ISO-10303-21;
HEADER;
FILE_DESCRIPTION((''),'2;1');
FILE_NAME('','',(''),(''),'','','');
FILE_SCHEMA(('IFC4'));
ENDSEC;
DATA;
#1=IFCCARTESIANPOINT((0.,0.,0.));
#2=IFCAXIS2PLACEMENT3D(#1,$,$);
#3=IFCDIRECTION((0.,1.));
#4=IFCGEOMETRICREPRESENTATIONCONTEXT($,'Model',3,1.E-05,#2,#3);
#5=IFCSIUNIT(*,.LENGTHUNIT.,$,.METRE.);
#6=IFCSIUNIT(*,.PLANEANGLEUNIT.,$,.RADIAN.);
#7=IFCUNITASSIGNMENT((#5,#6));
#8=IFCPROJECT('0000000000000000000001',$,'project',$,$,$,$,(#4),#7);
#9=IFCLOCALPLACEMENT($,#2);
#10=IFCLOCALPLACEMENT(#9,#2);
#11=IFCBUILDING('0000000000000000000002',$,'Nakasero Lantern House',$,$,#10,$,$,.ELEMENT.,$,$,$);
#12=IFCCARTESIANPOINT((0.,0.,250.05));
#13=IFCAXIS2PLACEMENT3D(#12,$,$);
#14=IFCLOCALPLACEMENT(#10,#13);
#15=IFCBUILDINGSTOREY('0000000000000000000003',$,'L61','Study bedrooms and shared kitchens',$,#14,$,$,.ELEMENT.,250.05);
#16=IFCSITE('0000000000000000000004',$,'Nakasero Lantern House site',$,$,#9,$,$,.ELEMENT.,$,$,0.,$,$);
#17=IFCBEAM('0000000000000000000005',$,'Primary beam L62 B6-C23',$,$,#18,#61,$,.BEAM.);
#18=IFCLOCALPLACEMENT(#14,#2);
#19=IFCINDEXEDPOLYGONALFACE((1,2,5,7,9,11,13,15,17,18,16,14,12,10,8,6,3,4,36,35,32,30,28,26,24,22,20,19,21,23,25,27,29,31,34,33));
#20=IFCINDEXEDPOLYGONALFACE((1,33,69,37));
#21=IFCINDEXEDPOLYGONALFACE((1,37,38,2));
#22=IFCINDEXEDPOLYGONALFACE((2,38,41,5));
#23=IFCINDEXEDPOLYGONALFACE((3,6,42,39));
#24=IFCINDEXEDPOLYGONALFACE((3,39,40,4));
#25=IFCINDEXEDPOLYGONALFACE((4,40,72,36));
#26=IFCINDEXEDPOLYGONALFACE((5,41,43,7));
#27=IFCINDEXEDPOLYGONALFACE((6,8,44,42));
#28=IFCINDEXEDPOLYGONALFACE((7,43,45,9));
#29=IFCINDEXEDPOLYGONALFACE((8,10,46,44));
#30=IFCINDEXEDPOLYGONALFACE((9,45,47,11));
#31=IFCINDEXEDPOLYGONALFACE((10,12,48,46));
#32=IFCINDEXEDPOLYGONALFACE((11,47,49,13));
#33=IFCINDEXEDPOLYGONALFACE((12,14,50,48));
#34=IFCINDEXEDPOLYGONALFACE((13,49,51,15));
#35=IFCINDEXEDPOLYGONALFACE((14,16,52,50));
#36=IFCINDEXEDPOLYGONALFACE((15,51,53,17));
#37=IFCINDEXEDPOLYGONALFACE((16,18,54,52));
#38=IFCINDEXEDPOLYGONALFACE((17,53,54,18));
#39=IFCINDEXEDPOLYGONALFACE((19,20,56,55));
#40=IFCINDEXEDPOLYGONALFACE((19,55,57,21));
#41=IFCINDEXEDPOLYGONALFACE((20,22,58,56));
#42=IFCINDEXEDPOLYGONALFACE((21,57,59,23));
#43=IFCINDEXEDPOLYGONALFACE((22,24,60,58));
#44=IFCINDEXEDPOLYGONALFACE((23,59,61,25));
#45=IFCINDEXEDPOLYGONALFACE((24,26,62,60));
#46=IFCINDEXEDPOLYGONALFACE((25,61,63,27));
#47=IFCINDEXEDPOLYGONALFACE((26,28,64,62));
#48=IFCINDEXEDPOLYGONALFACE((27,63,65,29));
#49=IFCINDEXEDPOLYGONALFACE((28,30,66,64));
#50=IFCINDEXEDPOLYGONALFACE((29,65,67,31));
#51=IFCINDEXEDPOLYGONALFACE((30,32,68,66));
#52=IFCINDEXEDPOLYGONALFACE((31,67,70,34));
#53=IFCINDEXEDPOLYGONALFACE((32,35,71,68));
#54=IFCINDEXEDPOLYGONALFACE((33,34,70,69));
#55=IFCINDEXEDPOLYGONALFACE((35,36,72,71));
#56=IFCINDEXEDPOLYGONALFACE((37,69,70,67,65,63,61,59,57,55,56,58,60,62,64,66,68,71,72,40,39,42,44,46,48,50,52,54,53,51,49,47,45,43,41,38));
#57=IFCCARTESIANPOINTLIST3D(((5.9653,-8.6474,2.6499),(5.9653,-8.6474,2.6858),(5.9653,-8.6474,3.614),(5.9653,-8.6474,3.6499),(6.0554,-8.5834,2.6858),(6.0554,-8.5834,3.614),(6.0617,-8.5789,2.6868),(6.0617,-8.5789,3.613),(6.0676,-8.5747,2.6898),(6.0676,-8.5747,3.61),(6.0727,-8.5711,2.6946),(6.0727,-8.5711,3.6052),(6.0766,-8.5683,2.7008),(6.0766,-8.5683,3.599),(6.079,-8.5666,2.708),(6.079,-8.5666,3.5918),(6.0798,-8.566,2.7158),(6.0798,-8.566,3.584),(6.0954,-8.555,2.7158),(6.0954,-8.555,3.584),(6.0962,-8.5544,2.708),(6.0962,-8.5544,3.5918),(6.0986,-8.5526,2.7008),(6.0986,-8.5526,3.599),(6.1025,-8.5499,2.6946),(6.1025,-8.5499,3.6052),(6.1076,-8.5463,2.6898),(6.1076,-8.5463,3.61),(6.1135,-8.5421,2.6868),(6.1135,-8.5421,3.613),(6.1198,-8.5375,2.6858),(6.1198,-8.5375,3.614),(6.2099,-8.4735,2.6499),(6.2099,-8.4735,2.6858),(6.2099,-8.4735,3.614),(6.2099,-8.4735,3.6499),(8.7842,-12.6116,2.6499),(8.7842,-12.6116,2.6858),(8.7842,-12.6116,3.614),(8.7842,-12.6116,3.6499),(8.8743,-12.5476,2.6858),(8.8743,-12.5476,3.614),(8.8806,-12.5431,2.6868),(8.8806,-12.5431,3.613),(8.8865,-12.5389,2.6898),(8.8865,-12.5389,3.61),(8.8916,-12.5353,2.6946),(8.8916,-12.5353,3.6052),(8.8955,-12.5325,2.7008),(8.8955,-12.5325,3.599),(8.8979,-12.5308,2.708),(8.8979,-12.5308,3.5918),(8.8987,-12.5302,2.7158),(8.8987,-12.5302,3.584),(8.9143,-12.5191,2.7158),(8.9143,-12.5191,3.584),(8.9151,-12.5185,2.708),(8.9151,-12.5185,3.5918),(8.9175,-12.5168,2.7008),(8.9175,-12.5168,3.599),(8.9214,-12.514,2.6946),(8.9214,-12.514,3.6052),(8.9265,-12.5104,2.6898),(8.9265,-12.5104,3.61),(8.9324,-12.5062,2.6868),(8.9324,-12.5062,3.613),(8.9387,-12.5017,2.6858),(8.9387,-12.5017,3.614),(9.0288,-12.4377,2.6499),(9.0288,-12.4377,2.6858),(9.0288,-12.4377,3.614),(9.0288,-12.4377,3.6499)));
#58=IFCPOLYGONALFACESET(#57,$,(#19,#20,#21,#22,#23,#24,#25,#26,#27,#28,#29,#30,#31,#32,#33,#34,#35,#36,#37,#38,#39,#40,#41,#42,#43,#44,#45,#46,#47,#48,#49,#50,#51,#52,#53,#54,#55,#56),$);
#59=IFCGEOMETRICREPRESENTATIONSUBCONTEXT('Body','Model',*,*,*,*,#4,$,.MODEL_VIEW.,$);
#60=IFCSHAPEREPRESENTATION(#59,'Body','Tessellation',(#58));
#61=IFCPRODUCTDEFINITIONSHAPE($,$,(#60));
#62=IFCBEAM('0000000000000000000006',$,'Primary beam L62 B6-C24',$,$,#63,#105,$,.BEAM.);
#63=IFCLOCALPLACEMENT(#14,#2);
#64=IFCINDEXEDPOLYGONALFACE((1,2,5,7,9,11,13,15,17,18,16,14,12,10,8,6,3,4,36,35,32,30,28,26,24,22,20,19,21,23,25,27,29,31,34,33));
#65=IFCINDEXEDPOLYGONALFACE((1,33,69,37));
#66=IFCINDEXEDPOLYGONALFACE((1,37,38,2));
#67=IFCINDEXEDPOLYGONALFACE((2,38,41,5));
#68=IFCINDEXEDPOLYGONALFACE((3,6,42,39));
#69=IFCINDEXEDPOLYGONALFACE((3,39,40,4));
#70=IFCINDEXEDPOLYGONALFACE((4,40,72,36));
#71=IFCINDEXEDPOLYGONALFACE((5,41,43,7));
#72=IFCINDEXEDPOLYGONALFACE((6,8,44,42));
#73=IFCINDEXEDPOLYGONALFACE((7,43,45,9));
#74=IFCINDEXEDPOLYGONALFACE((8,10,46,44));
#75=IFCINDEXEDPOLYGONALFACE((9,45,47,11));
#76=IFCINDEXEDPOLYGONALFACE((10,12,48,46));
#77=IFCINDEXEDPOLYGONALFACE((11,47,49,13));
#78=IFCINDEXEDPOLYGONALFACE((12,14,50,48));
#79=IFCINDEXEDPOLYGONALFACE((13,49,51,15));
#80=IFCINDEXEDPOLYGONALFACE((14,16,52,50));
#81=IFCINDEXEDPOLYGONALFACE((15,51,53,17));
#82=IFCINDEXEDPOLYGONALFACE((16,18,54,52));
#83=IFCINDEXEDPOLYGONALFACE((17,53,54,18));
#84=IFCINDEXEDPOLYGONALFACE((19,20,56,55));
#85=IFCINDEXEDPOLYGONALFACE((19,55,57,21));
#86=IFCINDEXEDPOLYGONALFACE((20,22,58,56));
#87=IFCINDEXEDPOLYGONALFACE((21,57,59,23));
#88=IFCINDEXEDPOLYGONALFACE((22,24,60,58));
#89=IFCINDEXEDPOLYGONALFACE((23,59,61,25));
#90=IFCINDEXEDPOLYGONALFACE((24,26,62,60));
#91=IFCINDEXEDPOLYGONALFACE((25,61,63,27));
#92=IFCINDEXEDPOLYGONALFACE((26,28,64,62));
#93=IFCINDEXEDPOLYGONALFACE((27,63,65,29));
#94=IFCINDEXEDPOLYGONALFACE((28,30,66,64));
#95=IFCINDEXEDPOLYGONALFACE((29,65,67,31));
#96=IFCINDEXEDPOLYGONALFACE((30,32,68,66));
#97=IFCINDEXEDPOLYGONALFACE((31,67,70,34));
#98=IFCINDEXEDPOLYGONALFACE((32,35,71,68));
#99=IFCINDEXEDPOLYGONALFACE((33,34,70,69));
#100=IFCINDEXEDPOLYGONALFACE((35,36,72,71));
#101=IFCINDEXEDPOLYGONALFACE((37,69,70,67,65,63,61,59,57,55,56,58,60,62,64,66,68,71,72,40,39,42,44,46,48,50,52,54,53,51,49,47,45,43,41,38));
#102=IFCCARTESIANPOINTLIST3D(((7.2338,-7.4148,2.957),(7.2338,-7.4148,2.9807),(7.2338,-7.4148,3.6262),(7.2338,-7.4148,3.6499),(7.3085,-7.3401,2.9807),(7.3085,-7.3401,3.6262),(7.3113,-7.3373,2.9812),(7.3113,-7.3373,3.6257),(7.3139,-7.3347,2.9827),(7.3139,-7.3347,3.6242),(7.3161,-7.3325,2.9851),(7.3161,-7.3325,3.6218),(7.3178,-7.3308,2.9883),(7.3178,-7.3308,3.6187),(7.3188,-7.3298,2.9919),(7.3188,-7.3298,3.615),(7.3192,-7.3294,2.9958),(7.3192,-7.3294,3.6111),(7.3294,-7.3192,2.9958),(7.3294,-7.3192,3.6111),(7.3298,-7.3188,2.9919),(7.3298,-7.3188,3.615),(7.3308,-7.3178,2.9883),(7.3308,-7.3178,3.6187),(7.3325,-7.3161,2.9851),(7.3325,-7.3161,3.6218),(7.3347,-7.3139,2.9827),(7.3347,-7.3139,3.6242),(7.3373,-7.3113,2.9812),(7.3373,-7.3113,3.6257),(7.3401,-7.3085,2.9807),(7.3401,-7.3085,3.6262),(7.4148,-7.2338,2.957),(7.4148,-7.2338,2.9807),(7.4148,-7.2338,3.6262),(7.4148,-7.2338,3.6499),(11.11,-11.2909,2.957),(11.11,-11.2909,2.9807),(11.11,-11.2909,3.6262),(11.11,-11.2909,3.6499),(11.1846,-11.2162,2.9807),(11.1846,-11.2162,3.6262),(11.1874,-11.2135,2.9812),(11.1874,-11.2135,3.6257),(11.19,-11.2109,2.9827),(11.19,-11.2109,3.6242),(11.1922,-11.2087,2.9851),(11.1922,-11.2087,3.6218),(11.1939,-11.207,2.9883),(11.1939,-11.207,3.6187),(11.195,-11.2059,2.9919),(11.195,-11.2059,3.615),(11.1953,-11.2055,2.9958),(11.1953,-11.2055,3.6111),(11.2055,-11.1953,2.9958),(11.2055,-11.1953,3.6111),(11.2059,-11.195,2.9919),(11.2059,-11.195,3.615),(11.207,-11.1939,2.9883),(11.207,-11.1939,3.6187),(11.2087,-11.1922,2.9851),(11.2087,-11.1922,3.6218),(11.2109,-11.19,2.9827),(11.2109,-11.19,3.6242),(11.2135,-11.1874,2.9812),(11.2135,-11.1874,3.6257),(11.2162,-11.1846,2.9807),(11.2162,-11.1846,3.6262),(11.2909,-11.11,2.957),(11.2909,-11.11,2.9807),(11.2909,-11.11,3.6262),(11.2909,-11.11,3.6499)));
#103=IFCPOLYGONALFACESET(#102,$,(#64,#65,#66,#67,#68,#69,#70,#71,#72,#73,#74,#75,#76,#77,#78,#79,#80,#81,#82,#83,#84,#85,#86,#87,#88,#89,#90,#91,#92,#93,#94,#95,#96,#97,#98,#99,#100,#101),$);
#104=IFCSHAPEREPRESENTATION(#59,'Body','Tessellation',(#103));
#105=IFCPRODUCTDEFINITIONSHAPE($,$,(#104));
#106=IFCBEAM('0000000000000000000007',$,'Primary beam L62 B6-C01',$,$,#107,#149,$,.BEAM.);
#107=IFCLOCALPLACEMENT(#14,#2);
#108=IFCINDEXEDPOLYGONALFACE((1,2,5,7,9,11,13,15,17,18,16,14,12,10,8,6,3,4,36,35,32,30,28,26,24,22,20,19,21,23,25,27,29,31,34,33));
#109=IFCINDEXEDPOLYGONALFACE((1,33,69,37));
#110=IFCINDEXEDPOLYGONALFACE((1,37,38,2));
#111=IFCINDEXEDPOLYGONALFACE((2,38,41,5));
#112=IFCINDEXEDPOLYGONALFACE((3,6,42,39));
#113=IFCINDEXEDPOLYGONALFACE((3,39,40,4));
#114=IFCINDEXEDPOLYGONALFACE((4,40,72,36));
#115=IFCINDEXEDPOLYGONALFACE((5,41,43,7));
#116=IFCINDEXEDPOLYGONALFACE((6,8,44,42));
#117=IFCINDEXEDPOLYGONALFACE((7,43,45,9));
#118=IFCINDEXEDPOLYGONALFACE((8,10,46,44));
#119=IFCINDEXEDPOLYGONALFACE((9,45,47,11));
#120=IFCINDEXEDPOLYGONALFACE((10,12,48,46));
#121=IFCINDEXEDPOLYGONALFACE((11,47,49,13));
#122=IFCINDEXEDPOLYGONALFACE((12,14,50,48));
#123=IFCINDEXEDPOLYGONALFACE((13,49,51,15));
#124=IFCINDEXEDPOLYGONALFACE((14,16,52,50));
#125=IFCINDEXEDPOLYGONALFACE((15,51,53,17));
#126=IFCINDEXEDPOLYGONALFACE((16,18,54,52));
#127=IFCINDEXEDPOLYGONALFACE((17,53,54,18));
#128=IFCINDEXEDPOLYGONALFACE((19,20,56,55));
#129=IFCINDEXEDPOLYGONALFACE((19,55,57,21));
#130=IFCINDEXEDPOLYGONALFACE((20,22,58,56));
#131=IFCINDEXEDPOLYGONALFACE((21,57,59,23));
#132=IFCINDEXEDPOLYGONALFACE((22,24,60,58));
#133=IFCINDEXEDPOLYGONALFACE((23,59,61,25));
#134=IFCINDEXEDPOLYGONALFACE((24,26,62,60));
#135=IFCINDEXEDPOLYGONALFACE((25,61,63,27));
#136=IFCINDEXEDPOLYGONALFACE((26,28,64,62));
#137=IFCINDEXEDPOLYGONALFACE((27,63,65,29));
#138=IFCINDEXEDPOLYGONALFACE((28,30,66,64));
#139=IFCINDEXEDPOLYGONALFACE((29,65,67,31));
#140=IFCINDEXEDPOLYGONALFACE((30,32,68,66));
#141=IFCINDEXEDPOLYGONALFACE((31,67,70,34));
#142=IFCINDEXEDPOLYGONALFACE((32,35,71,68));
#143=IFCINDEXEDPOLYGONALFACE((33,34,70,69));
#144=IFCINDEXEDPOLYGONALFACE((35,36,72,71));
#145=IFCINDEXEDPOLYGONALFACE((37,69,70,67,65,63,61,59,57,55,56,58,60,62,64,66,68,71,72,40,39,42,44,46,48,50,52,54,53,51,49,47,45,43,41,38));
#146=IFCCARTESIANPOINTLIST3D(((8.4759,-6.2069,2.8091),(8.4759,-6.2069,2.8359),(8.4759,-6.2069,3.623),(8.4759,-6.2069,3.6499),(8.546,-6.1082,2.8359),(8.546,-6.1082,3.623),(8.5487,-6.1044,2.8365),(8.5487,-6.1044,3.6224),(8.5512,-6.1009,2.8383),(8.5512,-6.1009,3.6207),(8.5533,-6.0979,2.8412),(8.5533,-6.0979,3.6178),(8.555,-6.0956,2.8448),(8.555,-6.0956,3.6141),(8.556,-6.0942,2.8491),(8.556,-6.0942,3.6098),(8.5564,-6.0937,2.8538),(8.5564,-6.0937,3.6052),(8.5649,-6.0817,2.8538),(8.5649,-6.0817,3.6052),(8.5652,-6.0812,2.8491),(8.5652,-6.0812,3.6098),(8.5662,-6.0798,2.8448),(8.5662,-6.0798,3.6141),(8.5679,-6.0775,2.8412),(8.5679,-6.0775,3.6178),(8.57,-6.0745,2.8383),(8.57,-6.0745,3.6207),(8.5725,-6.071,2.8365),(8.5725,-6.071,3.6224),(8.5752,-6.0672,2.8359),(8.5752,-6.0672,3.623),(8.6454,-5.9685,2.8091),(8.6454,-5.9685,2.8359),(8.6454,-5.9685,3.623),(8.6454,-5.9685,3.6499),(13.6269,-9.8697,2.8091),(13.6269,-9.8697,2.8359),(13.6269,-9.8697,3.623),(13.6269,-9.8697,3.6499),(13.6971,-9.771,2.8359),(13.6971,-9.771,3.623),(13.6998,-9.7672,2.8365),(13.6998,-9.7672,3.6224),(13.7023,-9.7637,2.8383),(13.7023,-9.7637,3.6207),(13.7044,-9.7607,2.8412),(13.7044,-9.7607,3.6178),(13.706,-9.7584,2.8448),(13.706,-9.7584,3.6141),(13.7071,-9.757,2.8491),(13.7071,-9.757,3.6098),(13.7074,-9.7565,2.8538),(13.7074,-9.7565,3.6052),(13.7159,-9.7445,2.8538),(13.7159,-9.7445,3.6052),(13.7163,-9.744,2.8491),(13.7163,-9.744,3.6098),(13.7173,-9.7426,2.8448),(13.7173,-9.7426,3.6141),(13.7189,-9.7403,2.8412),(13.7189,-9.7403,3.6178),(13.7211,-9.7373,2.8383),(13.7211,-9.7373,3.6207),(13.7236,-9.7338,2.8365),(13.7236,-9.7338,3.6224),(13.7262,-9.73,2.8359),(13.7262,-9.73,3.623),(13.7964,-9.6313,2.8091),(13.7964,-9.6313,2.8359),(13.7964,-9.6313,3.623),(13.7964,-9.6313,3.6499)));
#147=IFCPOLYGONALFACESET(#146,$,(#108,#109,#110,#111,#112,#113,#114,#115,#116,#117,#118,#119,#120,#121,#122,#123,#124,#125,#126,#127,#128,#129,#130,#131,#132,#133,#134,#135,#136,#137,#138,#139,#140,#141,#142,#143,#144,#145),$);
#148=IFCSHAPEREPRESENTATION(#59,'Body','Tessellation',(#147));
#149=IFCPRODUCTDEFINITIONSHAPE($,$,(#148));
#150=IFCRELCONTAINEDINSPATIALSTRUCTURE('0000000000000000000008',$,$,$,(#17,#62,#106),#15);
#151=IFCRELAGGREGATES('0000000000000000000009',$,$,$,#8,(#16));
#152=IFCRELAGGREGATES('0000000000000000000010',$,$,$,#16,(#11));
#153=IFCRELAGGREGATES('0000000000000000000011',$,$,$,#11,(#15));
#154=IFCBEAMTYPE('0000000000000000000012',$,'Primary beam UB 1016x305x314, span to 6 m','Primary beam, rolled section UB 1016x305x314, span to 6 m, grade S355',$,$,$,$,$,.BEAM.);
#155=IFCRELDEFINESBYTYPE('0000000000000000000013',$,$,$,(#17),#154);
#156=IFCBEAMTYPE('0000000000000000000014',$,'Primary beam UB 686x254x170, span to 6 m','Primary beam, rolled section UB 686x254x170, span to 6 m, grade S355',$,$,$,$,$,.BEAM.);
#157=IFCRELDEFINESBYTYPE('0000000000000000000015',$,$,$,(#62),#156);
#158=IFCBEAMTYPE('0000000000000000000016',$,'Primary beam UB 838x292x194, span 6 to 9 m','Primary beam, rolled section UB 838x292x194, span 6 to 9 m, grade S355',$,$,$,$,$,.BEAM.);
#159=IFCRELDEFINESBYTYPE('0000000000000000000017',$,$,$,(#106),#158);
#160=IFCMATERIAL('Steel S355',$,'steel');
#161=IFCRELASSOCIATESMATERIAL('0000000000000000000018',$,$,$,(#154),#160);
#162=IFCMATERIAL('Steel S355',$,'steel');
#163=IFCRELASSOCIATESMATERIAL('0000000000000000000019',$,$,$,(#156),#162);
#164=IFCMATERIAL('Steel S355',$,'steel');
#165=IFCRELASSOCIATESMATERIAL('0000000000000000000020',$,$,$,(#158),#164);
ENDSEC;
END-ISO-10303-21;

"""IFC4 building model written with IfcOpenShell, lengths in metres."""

from ifc_helpers import new_model, si_unit, direction, frame, origin, origin_2d, place, context, subcontext, project, spatial, i_section, extrude, material, material_profile, profile_set, type_object, element, save


model = new_model("IFC4")

# Units and contexts
model_context = context("Model", 3, precision=1e-05, world=origin(), true_north=direction((0.0, 1.0)))
body_context = subcontext(model_context, "Body", "Model", "MODEL_VIEW")
ifc_project = project(units=[si_unit("LENGTHUNIT", "METRE"), si_unit("PLANEANGLEUNIT", "RADIAN")], contexts=[model_context])

# Site, building, storey
site_placement = place(None, origin())
site = spatial("IfcSite", under=ifc_project, at=site_placement, Name="Nakasero Lantern House site", CompositionType="ELEMENT", RefElevation=0.0)
building_placement = place(site_placement, origin())
building = spatial("IfcBuilding", under=site, at=building_placement, Name="Nakasero Lantern House", CompositionType="ELEMENT")
storey_placement = place(building_placement, frame((0.0, 0.0, 250.05)))
storey = spatial("IfcBuildingStorey", under=building, at=storey_placement, Name="L61", Description="Study bedrooms and shared kitchens", CompositionType="ELEMENT", Elevation=250.05)

# Beams
ifc_material_1 = material(Name="Steel S355", Category="steel")
ifc_material_profile_1 = material_profile(ifc_material_1, i_section(OverallWidth=0.3, OverallDepth=1.0, WebThickness=0.019, FlangeThickness=0.0359, FilletRadius=0.03, at=origin_2d()), Name="UB 1016x305x314")
ifc_profile_set_1 = profile_set([ifc_material_profile_1], Name="Steel S355")
beam_type_1 = type_object("IfcBeamType", Name="Primary beam UB 1016x305x314, span to 6 m", Description="Primary beam, rolled section UB 1016x305x314, span to 6 m, grade S355", PredefinedType="BEAM", material=ifc_profile_set_1)
beam_1_placement = place(storey_placement, frame((8.9065, -12.5247, 3.1499), z_axis=(-0.579513, 0.814963, 0.0), x_axis=(-0.814963, -0.579513, 0.0)))
element("IfcBeam", 1, at=beam_1_placement, inside=storey, type_object=beam_type_1, Name="Primary beam L62 B6-C23", PredefinedType="BEAM", context=body_context, shape_type="SweptSolid", body=[
    extrude(i_section(OverallWidth=0.3, OverallDepth=1.0, WebThickness=0.019, FlangeThickness=0.0359, FilletRadius=0.03, at=origin_2d()), origin(), (0.0, 0.0, 1.0), 4.8643),
])
ifc_material_2 = material(Name="Steel S355", Category="steel")
ifc_material_profile_2 = material_profile(ifc_material_2, i_section(OverallWidth=0.2559, OverallDepth=0.6929, WebThickness=0.0144, FlangeThickness=0.0237, FilletRadius=0.0151, at=origin_2d()), Name="UB 686x254x170")
ifc_profile_set_2 = profile_set([ifc_material_profile_2], Name="Steel S355")
beam_type_2 = type_object("IfcBeamType", Name="Primary beam UB 686x254x170, span to 6 m", Description="Primary beam, rolled section UB 686x254x170, span to 6 m, grade S355", PredefinedType="BEAM", material=ifc_profile_set_2)
beam_2_placement = place(storey_placement, frame((11.2004, -11.2004, 3.3035), z_axis=(-0.707107, 0.707107, 0.0), x_axis=(-0.707107, -0.707107, 0.0)))
element("IfcBeam", 2, at=beam_2_placement, inside=storey, type_object=beam_type_2, Name="Primary beam L62 B6-C24", PredefinedType="BEAM", context=body_context, shape_type="SweptSolid", body=[
    extrude(i_section(OverallWidth=0.2559, OverallDepth=0.6929, WebThickness=0.0144, FlangeThickness=0.0237, FilletRadius=0.0151, at=origin_2d()), origin(), (0.0, 0.0, 1.0), 5.4817),
])
ifc_material_3 = material(Name="Steel S355", Category="steel")
ifc_material_profile_3 = material_profile(ifc_material_3, i_section(OverallWidth=0.2925, OverallDepth=0.8408, WebThickness=0.0146, FlangeThickness=0.0269, FilletRadius=0.0178, at=origin_2d()), Name="UB 838x292x194")
ifc_profile_set_3 = profile_set([ifc_material_profile_3], Name="Steel S355")
beam_type_3 = type_object("IfcBeamType", Name="Primary beam UB 838x292x194, span 6 to 9 m", Description="Primary beam, rolled section UB 838x292x194, span 6 to 9 m, grade S355", PredefinedType="BEAM", material=ifc_profile_set_3)
beam_3_placement = place(storey_placement, frame((13.7117, -9.7505, 3.2295), z_axis=(-0.814969, 0.579505, 0.0), x_axis=(-0.579505, -0.814969, 0.0)))
element("IfcBeam", 3, at=beam_3_placement, inside=storey, type_object=beam_type_3, Name="Primary beam L62 B6-C01", PredefinedType="BEAM", context=body_context, shape_type="SweptSolid", body=[
    extrude(i_section(OverallWidth=0.2925, OverallDepth=0.8408, WebThickness=0.0146, FlangeThickness=0.0269, FilletRadius=0.0178, at=origin_2d()), origin(), (0.0, 0.0, 1.0), 6.3206),
])

save(model, "model.ifc")
